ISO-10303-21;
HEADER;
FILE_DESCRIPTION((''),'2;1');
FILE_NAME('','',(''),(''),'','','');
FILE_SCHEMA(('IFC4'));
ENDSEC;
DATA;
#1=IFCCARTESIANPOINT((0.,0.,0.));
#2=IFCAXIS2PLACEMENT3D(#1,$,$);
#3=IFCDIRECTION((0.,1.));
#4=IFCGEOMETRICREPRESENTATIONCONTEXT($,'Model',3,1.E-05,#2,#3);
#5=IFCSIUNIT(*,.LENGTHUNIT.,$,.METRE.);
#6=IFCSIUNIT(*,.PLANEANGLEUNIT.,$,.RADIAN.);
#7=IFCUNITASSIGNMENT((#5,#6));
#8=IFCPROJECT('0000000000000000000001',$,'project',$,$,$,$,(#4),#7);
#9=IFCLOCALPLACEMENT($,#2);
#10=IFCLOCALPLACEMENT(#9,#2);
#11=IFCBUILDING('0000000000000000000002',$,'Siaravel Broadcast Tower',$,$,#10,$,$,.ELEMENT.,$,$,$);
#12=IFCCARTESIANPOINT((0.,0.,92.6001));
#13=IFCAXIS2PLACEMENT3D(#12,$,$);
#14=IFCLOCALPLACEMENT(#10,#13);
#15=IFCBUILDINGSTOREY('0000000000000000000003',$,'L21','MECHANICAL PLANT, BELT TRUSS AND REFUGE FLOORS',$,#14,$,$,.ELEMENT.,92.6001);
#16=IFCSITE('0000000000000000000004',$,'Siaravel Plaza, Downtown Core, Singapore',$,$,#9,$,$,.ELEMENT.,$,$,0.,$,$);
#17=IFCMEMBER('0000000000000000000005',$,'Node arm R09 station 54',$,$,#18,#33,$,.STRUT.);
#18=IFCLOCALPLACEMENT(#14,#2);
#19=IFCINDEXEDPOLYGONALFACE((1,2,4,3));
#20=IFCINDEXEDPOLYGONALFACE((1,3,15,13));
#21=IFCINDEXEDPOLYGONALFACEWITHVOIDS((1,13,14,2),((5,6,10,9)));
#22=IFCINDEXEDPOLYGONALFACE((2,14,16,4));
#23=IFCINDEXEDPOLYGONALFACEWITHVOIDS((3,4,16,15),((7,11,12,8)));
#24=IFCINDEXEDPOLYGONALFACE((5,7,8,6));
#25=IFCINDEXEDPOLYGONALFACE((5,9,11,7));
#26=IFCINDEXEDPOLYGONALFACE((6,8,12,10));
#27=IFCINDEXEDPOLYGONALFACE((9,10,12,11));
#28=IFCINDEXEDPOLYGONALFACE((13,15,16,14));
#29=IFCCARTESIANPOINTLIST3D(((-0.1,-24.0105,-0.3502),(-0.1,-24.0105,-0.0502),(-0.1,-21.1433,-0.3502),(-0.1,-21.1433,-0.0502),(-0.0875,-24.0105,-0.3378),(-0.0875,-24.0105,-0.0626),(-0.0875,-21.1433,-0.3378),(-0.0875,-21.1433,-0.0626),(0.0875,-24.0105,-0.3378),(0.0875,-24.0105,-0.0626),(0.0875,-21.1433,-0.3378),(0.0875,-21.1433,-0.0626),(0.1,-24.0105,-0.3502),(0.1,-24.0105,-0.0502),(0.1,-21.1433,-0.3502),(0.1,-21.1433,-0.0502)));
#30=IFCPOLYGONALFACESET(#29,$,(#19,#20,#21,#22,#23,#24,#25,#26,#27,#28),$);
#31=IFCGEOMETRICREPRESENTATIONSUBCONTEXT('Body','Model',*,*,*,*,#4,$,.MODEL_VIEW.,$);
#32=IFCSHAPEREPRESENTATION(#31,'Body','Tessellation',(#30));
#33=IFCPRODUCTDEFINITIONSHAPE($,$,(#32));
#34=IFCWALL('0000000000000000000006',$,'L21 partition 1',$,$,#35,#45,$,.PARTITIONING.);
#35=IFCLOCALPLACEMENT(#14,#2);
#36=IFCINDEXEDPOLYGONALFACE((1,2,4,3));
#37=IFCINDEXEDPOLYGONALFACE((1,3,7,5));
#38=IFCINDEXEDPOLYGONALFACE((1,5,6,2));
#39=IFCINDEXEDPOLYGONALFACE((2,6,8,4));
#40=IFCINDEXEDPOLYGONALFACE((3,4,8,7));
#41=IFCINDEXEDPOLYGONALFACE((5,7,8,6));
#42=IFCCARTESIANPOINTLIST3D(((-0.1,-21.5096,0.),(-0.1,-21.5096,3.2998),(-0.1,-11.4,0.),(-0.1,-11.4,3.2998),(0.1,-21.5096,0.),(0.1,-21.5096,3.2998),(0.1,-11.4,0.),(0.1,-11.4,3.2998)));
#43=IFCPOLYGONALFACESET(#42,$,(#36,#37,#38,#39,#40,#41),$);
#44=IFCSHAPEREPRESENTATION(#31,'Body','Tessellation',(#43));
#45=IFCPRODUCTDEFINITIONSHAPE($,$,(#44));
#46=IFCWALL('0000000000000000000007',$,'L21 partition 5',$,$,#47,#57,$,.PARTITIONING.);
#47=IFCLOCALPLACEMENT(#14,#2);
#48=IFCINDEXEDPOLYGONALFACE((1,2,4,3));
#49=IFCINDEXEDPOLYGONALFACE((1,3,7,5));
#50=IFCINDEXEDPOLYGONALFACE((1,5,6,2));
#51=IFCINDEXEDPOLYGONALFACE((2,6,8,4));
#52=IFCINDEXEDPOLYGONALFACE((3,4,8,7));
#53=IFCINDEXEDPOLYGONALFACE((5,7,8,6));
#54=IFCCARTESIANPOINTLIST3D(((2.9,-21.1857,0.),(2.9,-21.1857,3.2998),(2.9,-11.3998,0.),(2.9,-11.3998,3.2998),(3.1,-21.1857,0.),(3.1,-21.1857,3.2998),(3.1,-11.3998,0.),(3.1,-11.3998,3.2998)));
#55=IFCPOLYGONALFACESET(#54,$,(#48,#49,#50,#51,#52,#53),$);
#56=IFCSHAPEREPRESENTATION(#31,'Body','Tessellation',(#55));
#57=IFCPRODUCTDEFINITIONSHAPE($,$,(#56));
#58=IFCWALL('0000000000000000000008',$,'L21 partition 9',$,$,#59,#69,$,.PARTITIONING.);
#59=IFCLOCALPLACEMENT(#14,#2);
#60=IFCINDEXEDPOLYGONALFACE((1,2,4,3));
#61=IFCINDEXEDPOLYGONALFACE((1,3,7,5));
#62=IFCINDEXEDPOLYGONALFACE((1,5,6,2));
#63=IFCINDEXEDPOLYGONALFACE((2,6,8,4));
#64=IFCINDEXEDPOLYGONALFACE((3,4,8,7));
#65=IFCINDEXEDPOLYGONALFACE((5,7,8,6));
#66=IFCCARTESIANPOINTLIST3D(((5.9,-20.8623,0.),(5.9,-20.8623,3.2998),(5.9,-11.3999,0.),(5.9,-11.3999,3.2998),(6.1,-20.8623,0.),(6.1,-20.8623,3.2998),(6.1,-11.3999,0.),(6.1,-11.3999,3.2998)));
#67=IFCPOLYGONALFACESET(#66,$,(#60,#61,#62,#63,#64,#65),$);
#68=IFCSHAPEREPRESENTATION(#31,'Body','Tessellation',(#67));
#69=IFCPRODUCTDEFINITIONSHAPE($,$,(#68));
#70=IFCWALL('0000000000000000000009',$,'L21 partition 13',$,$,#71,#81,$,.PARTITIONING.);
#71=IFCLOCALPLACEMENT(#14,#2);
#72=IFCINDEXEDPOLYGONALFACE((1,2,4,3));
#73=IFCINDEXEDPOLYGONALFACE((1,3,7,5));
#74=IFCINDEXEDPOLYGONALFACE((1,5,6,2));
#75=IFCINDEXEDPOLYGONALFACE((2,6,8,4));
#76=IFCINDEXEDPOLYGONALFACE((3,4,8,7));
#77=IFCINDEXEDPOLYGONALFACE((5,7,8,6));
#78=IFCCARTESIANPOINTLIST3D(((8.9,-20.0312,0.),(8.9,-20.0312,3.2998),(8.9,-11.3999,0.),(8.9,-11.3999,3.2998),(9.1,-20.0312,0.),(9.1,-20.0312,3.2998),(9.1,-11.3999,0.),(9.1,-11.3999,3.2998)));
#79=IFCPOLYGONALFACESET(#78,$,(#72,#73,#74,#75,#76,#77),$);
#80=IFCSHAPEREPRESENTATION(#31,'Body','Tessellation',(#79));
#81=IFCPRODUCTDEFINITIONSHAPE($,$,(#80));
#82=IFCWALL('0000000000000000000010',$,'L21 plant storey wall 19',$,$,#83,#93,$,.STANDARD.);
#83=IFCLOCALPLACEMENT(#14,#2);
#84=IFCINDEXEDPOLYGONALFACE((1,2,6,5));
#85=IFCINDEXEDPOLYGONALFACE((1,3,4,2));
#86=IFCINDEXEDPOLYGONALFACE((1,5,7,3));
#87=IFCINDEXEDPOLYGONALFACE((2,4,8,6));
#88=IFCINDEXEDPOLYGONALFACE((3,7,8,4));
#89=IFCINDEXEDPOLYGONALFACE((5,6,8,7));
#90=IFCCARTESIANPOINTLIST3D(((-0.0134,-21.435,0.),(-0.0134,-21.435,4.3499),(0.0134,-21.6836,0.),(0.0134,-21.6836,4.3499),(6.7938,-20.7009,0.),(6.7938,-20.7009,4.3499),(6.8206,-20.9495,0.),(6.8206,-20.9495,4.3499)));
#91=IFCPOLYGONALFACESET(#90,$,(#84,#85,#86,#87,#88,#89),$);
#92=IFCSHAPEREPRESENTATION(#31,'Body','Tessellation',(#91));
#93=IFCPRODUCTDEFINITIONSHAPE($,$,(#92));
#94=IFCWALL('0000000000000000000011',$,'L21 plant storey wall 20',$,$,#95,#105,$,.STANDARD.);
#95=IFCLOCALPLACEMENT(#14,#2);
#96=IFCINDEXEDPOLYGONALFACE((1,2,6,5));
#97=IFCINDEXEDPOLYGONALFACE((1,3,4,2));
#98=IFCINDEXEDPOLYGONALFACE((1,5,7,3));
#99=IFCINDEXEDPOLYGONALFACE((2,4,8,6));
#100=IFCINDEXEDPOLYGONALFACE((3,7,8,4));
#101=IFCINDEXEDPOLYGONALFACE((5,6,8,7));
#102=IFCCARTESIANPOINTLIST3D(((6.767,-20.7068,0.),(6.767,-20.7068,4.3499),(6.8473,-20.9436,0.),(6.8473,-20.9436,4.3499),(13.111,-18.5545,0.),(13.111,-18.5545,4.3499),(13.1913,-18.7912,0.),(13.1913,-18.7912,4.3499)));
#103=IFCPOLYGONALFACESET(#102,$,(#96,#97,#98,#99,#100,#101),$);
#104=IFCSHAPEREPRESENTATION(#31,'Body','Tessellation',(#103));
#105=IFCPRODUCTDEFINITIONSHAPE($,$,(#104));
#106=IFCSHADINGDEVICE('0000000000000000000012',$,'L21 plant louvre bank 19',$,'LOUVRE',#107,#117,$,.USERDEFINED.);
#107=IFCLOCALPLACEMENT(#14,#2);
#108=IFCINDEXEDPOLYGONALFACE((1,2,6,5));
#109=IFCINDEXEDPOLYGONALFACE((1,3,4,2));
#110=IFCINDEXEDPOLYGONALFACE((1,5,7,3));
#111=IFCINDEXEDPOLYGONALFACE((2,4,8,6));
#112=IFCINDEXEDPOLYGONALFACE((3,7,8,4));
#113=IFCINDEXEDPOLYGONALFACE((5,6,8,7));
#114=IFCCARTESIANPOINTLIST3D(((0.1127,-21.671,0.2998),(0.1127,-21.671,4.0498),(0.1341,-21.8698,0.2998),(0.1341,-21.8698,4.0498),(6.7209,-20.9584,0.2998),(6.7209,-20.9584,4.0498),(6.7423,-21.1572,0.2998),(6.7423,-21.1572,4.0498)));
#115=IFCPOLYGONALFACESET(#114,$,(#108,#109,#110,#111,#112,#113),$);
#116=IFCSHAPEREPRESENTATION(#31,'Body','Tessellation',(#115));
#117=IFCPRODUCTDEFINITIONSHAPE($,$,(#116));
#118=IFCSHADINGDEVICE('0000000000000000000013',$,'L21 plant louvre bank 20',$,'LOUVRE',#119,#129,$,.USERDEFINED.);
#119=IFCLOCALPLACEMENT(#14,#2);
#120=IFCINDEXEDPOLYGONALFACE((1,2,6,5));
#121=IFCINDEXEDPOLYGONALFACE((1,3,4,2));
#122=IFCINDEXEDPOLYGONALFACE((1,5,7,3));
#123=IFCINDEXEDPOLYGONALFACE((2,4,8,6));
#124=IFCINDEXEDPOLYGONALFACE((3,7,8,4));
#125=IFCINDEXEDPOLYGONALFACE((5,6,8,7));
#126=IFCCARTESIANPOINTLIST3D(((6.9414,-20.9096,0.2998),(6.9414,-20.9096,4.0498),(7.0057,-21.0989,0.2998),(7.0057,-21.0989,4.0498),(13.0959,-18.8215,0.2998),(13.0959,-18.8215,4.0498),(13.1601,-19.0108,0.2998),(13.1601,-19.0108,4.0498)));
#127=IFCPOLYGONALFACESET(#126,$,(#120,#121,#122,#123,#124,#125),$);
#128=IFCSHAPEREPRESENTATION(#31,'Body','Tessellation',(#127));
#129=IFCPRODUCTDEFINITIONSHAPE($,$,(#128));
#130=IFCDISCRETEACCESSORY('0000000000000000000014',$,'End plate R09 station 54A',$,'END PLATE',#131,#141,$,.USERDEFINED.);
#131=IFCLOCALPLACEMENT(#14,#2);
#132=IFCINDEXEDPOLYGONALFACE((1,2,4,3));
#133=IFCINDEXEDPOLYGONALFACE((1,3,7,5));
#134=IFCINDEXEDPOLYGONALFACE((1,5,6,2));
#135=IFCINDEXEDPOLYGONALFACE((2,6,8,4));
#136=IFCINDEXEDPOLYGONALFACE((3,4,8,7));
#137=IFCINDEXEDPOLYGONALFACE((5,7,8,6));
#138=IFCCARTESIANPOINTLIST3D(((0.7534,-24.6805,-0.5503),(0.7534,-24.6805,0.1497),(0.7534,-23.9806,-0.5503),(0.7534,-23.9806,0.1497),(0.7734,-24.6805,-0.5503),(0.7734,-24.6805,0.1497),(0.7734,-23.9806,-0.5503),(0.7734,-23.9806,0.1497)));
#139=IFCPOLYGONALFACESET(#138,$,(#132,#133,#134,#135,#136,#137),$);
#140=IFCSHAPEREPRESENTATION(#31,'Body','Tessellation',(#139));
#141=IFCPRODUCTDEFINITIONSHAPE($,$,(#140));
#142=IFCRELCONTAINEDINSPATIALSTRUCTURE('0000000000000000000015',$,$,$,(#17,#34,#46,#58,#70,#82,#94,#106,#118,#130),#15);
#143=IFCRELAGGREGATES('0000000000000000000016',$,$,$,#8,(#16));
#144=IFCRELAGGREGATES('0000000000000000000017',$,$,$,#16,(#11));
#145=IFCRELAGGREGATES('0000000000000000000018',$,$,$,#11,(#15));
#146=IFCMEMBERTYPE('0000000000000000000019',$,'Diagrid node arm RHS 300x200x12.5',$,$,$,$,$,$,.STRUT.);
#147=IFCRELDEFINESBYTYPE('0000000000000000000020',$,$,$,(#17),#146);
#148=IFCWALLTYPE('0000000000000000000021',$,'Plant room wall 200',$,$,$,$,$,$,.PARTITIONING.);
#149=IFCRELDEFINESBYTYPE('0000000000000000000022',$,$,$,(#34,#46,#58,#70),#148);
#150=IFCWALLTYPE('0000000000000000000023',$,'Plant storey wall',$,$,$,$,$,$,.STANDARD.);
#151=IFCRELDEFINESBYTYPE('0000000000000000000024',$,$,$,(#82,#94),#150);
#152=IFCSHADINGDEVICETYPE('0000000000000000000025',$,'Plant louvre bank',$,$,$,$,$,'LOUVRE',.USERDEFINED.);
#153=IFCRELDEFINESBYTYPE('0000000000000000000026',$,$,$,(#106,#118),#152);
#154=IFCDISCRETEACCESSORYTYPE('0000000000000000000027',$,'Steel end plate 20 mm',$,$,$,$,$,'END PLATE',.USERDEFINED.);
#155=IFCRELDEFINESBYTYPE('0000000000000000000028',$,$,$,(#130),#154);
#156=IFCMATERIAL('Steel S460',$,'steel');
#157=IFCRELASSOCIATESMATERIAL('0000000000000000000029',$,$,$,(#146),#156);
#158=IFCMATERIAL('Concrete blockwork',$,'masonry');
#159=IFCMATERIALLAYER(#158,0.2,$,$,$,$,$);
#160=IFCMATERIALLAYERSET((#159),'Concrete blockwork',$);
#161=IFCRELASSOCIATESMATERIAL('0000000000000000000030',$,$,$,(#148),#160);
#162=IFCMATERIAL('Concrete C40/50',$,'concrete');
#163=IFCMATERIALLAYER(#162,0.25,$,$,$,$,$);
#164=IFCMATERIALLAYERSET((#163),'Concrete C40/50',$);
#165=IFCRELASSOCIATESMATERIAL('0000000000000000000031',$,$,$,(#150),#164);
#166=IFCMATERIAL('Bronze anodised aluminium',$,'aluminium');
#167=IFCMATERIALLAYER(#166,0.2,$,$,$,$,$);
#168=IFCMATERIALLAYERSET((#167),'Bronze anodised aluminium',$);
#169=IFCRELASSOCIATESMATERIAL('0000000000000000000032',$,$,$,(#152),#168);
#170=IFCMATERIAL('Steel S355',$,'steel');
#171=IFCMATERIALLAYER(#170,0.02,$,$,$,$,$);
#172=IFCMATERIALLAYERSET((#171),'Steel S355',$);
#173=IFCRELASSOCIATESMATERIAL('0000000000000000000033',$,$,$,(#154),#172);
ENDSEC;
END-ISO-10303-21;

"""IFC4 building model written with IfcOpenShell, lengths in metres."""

from ifc_helpers import new_model, si_unit, direction, frame, frame_2d, origin, origin_2d, place, context, subcontext, project, spatial, rectangle, hollow_rectangle, extrude, material, layer, layer_set, material_profile, profile_set, type_object, element, save


model = new_model("IFC4")

# Units and contexts
model_context = context("Model", 3, precision=1e-05, world=origin(), true_north=direction((0.0, 1.0)))
body_context = subcontext(model_context, "Body", "Model", "MODEL_VIEW")
ifc_project = project(units=[si_unit("LENGTHUNIT", "METRE"), si_unit("PLANEANGLEUNIT", "RADIAN")], contexts=[model_context])

# Site, building, storey
site_placement = place(None, origin())
site = spatial("IfcSite", under=ifc_project, at=site_placement, Name="Siaravel Plaza, Downtown Core, Singapore", CompositionType="ELEMENT", RefElevation=0.0)
building_placement = place(site_placement, origin())
building = spatial("IfcBuilding", under=site, at=building_placement, Name="Siaravel Broadcast Tower", CompositionType="ELEMENT")
storey_placement = place(building_placement, frame((0.0, 0.0, 92.6001)))
storey = spatial("IfcBuildingStorey", under=building, at=storey_placement, Name="L21", Description="MECHANICAL PLANT, BELT TRUSS AND REFUGE FLOORS", CompositionType="ELEMENT", Elevation=92.6001)

# Shared definitions
ifc_material_1 = material(Name="Steel S355", Category="steel")
ifc_material_2 = material(Name="Steel S460", Category="steel")

# Member
ifc_material_profile_1 = material_profile(ifc_material_2, hollow_rectangle(XDim=0.2, YDim=0.3, WallThickness=0.0125, at=origin_2d()))
ifc_profile_set_1 = profile_set([ifc_material_profile_1], Name="Steel S460")
member_type_1 = type_object("IfcMemberType", Name="Diagrid node arm RHS 300x200x12.5", PredefinedType="STRUT", material=ifc_profile_set_1)
member_1_placement = place(storey_placement, frame((0.0, -21.1433, -0.2002), z_axis=(0.0, -1.0, 0.0), x_axis=(1.0, 0.0, 0.0)))
element("IfcMember", 1, at=member_1_placement, inside=storey, type_object=member_type_1, Name="Node arm R09 station 54", PredefinedType="STRUT", context=body_context, shape_type="SweptSolid", body=[
    extrude(hollow_rectangle(XDim=0.2, YDim=0.3, WallThickness=0.0125, at=origin_2d()), origin(), (0.0, 0.0, 1.0), 2.8672),
])

# Walls
ifc_material_3 = material(Name="Concrete blockwork", Category="masonry")
ifc_layer_1 = layer(ifc_material_3, 0.2)
ifc_layer_set_1 = layer_set([ifc_layer_1], Name="Concrete blockwork")
wall_type_1 = type_object("IfcWallType", Name="Plant room wall 200", PredefinedType="PARTITIONING", material=ifc_layer_set_1)
wall_1_placement = place(storey_placement, frame((0.0, -21.5095, 0.0), z_axis=(0.0, 0.0, 1.0), x_axis=(0.0, 1.0, 0.0)))
element("IfcWall", 2, at=wall_1_placement, inside=storey, type_object=wall_type_1, Name="L21 partition 1", PredefinedType="PARTITIONING", context=body_context, shape_type="SweptSolid", body=[
    extrude(rectangle(XDim=10.1096, YDim=0.2, at=frame_2d((5.0547, 0.0))), origin(), (0.0, 0.0, 1.0), 3.2998),
])
wall_2_placement = place(storey_placement, frame((3.0, -21.1858, 0.0), z_axis=(0.0, 0.0, 1.0), x_axis=(0.0, 1.0, 0.0)))
element("IfcWall", 3, at=wall_2_placement, inside=storey, type_object=wall_type_1, Name="L21 partition 5", PredefinedType="PARTITIONING", context=body_context, shape_type="SweptSolid", body=[
    extrude(rectangle(XDim=9.7859, YDim=0.2, at=frame_2d((4.8931, 0.0))), origin(), (0.0, 0.0, 1.0), 3.2998),
])
wall_3_placement = place(storey_placement, frame((6.0, -20.8623, 0.0), z_axis=(0.0, 0.0, 1.0), x_axis=(0.0, 1.0, 0.0)))
element("IfcWall", 4, at=wall_3_placement, inside=storey, type_object=wall_type_1, Name="L21 partition 9", PredefinedType="PARTITIONING", context=body_context, shape_type="SweptSolid", body=[
    extrude(rectangle(XDim=9.4624, YDim=0.2, at=frame_2d((4.7312, 0.0))), origin(), (0.0, 0.0, 1.0), 3.2998),
])
wall_4_placement = place(storey_placement, frame((9.0, -20.0312, 0.0), z_axis=(0.0, 0.0, 1.0), x_axis=(0.0, 1.0, 0.0)))
element("IfcWall", 5, at=wall_4_placement, inside=storey, type_object=wall_type_1, Name="L21 partition 13", PredefinedType="PARTITIONING", context=body_context, shape_type="SweptSolid", body=[
    extrude(rectangle(XDim=8.6313, YDim=0.2, at=frame_2d((4.3157, 0.0))), origin(), (0.0, 0.0, 1.0), 3.2998),
])
ifc_material_4 = material(Name="Concrete C40/50", Category="concrete")
ifc_layer_2 = layer(ifc_material_4, 0.25)
ifc_layer_set_2 = layer_set([ifc_layer_2], Name="Concrete C40/50")
wall_type_2 = type_object("IfcWallType", Name="Plant storey wall", PredefinedType="STANDARD", material=ifc_layer_set_2)
wall_5_placement = place(storey_placement, frame((0.0, -21.5593, 0.0), z_axis=(0.0, 0.0, 1.0), x_axis=(0.994235, 0.107226, 0.0)))
element("IfcWall", 6, at=wall_5_placement, inside=storey, type_object=wall_type_2, Name="L21 plant storey wall 19", PredefinedType="STANDARD", context=body_context, shape_type="SweptSolid", body=[
    extrude(rectangle(XDim=6.8467, YDim=0.25, at=frame_2d((3.4233, 0.0))), origin(), (0.0, 0.0, 1.0), 4.3499),
])
wall_6_placement = place(storey_placement, frame((6.8071, -20.8252, 0.0), z_axis=(0.0, 0.0, 1.0), x_axis=(0.946982, 0.321285, 0.0)))
element("IfcWall", 7, at=wall_6_placement, inside=storey, type_object=wall_type_2, Name="L21 plant storey wall 20", PredefinedType="STANDARD", context=body_context, shape_type="SweptSolid", body=[
    extrude(rectangle(XDim=6.6992, YDim=0.25, at=frame_2d((3.3496, 0.0))), origin(), (0.0, 0.0, 1.0), 4.3499),
])

# Shading devices
ifc_material_5 = material(Name="Bronze anodised aluminium", Category="aluminium")
ifc_layer_3 = layer(ifc_material_5, 0.2)
ifc_layer_set_3 = layer_set([ifc_layer_3], Name="Bronze anodised aluminium")
shading_device_type = type_object("IfcShadingDeviceType", Name="Plant louvre bank", ElementType="LOUVRE", PredefinedType="USERDEFINED", material=ifc_layer_set_3)
shading_device_1_placement = place(storey_placement, frame((3.4275, -21.4141, 0.2998), z_axis=(0.0, 0.0, 1.0), x_axis=(0.994236, 0.107217, 0.0)))
element("IfcShadingDevice", 8, at=shading_device_1_placement, inside=storey, type_object=shading_device_type, Name="L21 plant louvre bank 19", ObjectType="LOUVRE", PredefinedType="USERDEFINED", context=body_context, shape_type="SweptSolid", body=[
    extrude(rectangle(XDim=6.6465, YDim=0.2, at=origin_2d()), origin(), (0.0, 0.0, 1.0), 3.75),
])
shading_device_2_placement = place(storey_placement, frame((10.0508, -19.9602, 0.2998), z_axis=(0.0, 0.0, 1.0), x_axis=(0.946977, 0.321301, 0.0)))
element("IfcShadingDevice", 9, at=shading_device_2_placement, inside=storey, type_object=shading_device_type, Name="L21 plant louvre bank 20", ObjectType="LOUVRE", PredefinedType="USERDEFINED", context=body_context, shape_type="SweptSolid", body=[
    extrude(rectangle(XDim=6.499, YDim=0.2, at=origin_2d()), origin(), (0.0, 0.0, 1.0), 3.75),
])

# Discrete accessory
ifc_layer_4 = layer(ifc_material_1, 0.02)
ifc_layer_set_4 = layer_set([ifc_layer_4], Name="Steel S355")
discrete_accessory_type = type_object("IfcDiscreteAccessoryType", Name="Steel end plate 20 mm", ElementType="END PLATE", PredefinedType="USERDEFINED", material=ifc_layer_set_4)
discrete_accessory_placement = place(storey_placement, frame((0.7634, -24.3306, -0.5503), z_axis=(0.0, 0.0, 1.0), x_axis=(1.0, 0.0, 0.0)))
element("IfcDiscreteAccessory", 10, at=discrete_accessory_placement, inside=storey, type_object=discrete_accessory_type, Name="End plate R09 station 54A", ObjectType="END PLATE", PredefinedType="USERDEFINED", context=body_context, shape_type="SweptSolid", body=[
    extrude(rectangle(XDim=0.02, YDim=0.7, at=origin_2d()), origin(), (0.0, 0.0, 1.0), 0.7),
])

save(model, "model.ifc")
